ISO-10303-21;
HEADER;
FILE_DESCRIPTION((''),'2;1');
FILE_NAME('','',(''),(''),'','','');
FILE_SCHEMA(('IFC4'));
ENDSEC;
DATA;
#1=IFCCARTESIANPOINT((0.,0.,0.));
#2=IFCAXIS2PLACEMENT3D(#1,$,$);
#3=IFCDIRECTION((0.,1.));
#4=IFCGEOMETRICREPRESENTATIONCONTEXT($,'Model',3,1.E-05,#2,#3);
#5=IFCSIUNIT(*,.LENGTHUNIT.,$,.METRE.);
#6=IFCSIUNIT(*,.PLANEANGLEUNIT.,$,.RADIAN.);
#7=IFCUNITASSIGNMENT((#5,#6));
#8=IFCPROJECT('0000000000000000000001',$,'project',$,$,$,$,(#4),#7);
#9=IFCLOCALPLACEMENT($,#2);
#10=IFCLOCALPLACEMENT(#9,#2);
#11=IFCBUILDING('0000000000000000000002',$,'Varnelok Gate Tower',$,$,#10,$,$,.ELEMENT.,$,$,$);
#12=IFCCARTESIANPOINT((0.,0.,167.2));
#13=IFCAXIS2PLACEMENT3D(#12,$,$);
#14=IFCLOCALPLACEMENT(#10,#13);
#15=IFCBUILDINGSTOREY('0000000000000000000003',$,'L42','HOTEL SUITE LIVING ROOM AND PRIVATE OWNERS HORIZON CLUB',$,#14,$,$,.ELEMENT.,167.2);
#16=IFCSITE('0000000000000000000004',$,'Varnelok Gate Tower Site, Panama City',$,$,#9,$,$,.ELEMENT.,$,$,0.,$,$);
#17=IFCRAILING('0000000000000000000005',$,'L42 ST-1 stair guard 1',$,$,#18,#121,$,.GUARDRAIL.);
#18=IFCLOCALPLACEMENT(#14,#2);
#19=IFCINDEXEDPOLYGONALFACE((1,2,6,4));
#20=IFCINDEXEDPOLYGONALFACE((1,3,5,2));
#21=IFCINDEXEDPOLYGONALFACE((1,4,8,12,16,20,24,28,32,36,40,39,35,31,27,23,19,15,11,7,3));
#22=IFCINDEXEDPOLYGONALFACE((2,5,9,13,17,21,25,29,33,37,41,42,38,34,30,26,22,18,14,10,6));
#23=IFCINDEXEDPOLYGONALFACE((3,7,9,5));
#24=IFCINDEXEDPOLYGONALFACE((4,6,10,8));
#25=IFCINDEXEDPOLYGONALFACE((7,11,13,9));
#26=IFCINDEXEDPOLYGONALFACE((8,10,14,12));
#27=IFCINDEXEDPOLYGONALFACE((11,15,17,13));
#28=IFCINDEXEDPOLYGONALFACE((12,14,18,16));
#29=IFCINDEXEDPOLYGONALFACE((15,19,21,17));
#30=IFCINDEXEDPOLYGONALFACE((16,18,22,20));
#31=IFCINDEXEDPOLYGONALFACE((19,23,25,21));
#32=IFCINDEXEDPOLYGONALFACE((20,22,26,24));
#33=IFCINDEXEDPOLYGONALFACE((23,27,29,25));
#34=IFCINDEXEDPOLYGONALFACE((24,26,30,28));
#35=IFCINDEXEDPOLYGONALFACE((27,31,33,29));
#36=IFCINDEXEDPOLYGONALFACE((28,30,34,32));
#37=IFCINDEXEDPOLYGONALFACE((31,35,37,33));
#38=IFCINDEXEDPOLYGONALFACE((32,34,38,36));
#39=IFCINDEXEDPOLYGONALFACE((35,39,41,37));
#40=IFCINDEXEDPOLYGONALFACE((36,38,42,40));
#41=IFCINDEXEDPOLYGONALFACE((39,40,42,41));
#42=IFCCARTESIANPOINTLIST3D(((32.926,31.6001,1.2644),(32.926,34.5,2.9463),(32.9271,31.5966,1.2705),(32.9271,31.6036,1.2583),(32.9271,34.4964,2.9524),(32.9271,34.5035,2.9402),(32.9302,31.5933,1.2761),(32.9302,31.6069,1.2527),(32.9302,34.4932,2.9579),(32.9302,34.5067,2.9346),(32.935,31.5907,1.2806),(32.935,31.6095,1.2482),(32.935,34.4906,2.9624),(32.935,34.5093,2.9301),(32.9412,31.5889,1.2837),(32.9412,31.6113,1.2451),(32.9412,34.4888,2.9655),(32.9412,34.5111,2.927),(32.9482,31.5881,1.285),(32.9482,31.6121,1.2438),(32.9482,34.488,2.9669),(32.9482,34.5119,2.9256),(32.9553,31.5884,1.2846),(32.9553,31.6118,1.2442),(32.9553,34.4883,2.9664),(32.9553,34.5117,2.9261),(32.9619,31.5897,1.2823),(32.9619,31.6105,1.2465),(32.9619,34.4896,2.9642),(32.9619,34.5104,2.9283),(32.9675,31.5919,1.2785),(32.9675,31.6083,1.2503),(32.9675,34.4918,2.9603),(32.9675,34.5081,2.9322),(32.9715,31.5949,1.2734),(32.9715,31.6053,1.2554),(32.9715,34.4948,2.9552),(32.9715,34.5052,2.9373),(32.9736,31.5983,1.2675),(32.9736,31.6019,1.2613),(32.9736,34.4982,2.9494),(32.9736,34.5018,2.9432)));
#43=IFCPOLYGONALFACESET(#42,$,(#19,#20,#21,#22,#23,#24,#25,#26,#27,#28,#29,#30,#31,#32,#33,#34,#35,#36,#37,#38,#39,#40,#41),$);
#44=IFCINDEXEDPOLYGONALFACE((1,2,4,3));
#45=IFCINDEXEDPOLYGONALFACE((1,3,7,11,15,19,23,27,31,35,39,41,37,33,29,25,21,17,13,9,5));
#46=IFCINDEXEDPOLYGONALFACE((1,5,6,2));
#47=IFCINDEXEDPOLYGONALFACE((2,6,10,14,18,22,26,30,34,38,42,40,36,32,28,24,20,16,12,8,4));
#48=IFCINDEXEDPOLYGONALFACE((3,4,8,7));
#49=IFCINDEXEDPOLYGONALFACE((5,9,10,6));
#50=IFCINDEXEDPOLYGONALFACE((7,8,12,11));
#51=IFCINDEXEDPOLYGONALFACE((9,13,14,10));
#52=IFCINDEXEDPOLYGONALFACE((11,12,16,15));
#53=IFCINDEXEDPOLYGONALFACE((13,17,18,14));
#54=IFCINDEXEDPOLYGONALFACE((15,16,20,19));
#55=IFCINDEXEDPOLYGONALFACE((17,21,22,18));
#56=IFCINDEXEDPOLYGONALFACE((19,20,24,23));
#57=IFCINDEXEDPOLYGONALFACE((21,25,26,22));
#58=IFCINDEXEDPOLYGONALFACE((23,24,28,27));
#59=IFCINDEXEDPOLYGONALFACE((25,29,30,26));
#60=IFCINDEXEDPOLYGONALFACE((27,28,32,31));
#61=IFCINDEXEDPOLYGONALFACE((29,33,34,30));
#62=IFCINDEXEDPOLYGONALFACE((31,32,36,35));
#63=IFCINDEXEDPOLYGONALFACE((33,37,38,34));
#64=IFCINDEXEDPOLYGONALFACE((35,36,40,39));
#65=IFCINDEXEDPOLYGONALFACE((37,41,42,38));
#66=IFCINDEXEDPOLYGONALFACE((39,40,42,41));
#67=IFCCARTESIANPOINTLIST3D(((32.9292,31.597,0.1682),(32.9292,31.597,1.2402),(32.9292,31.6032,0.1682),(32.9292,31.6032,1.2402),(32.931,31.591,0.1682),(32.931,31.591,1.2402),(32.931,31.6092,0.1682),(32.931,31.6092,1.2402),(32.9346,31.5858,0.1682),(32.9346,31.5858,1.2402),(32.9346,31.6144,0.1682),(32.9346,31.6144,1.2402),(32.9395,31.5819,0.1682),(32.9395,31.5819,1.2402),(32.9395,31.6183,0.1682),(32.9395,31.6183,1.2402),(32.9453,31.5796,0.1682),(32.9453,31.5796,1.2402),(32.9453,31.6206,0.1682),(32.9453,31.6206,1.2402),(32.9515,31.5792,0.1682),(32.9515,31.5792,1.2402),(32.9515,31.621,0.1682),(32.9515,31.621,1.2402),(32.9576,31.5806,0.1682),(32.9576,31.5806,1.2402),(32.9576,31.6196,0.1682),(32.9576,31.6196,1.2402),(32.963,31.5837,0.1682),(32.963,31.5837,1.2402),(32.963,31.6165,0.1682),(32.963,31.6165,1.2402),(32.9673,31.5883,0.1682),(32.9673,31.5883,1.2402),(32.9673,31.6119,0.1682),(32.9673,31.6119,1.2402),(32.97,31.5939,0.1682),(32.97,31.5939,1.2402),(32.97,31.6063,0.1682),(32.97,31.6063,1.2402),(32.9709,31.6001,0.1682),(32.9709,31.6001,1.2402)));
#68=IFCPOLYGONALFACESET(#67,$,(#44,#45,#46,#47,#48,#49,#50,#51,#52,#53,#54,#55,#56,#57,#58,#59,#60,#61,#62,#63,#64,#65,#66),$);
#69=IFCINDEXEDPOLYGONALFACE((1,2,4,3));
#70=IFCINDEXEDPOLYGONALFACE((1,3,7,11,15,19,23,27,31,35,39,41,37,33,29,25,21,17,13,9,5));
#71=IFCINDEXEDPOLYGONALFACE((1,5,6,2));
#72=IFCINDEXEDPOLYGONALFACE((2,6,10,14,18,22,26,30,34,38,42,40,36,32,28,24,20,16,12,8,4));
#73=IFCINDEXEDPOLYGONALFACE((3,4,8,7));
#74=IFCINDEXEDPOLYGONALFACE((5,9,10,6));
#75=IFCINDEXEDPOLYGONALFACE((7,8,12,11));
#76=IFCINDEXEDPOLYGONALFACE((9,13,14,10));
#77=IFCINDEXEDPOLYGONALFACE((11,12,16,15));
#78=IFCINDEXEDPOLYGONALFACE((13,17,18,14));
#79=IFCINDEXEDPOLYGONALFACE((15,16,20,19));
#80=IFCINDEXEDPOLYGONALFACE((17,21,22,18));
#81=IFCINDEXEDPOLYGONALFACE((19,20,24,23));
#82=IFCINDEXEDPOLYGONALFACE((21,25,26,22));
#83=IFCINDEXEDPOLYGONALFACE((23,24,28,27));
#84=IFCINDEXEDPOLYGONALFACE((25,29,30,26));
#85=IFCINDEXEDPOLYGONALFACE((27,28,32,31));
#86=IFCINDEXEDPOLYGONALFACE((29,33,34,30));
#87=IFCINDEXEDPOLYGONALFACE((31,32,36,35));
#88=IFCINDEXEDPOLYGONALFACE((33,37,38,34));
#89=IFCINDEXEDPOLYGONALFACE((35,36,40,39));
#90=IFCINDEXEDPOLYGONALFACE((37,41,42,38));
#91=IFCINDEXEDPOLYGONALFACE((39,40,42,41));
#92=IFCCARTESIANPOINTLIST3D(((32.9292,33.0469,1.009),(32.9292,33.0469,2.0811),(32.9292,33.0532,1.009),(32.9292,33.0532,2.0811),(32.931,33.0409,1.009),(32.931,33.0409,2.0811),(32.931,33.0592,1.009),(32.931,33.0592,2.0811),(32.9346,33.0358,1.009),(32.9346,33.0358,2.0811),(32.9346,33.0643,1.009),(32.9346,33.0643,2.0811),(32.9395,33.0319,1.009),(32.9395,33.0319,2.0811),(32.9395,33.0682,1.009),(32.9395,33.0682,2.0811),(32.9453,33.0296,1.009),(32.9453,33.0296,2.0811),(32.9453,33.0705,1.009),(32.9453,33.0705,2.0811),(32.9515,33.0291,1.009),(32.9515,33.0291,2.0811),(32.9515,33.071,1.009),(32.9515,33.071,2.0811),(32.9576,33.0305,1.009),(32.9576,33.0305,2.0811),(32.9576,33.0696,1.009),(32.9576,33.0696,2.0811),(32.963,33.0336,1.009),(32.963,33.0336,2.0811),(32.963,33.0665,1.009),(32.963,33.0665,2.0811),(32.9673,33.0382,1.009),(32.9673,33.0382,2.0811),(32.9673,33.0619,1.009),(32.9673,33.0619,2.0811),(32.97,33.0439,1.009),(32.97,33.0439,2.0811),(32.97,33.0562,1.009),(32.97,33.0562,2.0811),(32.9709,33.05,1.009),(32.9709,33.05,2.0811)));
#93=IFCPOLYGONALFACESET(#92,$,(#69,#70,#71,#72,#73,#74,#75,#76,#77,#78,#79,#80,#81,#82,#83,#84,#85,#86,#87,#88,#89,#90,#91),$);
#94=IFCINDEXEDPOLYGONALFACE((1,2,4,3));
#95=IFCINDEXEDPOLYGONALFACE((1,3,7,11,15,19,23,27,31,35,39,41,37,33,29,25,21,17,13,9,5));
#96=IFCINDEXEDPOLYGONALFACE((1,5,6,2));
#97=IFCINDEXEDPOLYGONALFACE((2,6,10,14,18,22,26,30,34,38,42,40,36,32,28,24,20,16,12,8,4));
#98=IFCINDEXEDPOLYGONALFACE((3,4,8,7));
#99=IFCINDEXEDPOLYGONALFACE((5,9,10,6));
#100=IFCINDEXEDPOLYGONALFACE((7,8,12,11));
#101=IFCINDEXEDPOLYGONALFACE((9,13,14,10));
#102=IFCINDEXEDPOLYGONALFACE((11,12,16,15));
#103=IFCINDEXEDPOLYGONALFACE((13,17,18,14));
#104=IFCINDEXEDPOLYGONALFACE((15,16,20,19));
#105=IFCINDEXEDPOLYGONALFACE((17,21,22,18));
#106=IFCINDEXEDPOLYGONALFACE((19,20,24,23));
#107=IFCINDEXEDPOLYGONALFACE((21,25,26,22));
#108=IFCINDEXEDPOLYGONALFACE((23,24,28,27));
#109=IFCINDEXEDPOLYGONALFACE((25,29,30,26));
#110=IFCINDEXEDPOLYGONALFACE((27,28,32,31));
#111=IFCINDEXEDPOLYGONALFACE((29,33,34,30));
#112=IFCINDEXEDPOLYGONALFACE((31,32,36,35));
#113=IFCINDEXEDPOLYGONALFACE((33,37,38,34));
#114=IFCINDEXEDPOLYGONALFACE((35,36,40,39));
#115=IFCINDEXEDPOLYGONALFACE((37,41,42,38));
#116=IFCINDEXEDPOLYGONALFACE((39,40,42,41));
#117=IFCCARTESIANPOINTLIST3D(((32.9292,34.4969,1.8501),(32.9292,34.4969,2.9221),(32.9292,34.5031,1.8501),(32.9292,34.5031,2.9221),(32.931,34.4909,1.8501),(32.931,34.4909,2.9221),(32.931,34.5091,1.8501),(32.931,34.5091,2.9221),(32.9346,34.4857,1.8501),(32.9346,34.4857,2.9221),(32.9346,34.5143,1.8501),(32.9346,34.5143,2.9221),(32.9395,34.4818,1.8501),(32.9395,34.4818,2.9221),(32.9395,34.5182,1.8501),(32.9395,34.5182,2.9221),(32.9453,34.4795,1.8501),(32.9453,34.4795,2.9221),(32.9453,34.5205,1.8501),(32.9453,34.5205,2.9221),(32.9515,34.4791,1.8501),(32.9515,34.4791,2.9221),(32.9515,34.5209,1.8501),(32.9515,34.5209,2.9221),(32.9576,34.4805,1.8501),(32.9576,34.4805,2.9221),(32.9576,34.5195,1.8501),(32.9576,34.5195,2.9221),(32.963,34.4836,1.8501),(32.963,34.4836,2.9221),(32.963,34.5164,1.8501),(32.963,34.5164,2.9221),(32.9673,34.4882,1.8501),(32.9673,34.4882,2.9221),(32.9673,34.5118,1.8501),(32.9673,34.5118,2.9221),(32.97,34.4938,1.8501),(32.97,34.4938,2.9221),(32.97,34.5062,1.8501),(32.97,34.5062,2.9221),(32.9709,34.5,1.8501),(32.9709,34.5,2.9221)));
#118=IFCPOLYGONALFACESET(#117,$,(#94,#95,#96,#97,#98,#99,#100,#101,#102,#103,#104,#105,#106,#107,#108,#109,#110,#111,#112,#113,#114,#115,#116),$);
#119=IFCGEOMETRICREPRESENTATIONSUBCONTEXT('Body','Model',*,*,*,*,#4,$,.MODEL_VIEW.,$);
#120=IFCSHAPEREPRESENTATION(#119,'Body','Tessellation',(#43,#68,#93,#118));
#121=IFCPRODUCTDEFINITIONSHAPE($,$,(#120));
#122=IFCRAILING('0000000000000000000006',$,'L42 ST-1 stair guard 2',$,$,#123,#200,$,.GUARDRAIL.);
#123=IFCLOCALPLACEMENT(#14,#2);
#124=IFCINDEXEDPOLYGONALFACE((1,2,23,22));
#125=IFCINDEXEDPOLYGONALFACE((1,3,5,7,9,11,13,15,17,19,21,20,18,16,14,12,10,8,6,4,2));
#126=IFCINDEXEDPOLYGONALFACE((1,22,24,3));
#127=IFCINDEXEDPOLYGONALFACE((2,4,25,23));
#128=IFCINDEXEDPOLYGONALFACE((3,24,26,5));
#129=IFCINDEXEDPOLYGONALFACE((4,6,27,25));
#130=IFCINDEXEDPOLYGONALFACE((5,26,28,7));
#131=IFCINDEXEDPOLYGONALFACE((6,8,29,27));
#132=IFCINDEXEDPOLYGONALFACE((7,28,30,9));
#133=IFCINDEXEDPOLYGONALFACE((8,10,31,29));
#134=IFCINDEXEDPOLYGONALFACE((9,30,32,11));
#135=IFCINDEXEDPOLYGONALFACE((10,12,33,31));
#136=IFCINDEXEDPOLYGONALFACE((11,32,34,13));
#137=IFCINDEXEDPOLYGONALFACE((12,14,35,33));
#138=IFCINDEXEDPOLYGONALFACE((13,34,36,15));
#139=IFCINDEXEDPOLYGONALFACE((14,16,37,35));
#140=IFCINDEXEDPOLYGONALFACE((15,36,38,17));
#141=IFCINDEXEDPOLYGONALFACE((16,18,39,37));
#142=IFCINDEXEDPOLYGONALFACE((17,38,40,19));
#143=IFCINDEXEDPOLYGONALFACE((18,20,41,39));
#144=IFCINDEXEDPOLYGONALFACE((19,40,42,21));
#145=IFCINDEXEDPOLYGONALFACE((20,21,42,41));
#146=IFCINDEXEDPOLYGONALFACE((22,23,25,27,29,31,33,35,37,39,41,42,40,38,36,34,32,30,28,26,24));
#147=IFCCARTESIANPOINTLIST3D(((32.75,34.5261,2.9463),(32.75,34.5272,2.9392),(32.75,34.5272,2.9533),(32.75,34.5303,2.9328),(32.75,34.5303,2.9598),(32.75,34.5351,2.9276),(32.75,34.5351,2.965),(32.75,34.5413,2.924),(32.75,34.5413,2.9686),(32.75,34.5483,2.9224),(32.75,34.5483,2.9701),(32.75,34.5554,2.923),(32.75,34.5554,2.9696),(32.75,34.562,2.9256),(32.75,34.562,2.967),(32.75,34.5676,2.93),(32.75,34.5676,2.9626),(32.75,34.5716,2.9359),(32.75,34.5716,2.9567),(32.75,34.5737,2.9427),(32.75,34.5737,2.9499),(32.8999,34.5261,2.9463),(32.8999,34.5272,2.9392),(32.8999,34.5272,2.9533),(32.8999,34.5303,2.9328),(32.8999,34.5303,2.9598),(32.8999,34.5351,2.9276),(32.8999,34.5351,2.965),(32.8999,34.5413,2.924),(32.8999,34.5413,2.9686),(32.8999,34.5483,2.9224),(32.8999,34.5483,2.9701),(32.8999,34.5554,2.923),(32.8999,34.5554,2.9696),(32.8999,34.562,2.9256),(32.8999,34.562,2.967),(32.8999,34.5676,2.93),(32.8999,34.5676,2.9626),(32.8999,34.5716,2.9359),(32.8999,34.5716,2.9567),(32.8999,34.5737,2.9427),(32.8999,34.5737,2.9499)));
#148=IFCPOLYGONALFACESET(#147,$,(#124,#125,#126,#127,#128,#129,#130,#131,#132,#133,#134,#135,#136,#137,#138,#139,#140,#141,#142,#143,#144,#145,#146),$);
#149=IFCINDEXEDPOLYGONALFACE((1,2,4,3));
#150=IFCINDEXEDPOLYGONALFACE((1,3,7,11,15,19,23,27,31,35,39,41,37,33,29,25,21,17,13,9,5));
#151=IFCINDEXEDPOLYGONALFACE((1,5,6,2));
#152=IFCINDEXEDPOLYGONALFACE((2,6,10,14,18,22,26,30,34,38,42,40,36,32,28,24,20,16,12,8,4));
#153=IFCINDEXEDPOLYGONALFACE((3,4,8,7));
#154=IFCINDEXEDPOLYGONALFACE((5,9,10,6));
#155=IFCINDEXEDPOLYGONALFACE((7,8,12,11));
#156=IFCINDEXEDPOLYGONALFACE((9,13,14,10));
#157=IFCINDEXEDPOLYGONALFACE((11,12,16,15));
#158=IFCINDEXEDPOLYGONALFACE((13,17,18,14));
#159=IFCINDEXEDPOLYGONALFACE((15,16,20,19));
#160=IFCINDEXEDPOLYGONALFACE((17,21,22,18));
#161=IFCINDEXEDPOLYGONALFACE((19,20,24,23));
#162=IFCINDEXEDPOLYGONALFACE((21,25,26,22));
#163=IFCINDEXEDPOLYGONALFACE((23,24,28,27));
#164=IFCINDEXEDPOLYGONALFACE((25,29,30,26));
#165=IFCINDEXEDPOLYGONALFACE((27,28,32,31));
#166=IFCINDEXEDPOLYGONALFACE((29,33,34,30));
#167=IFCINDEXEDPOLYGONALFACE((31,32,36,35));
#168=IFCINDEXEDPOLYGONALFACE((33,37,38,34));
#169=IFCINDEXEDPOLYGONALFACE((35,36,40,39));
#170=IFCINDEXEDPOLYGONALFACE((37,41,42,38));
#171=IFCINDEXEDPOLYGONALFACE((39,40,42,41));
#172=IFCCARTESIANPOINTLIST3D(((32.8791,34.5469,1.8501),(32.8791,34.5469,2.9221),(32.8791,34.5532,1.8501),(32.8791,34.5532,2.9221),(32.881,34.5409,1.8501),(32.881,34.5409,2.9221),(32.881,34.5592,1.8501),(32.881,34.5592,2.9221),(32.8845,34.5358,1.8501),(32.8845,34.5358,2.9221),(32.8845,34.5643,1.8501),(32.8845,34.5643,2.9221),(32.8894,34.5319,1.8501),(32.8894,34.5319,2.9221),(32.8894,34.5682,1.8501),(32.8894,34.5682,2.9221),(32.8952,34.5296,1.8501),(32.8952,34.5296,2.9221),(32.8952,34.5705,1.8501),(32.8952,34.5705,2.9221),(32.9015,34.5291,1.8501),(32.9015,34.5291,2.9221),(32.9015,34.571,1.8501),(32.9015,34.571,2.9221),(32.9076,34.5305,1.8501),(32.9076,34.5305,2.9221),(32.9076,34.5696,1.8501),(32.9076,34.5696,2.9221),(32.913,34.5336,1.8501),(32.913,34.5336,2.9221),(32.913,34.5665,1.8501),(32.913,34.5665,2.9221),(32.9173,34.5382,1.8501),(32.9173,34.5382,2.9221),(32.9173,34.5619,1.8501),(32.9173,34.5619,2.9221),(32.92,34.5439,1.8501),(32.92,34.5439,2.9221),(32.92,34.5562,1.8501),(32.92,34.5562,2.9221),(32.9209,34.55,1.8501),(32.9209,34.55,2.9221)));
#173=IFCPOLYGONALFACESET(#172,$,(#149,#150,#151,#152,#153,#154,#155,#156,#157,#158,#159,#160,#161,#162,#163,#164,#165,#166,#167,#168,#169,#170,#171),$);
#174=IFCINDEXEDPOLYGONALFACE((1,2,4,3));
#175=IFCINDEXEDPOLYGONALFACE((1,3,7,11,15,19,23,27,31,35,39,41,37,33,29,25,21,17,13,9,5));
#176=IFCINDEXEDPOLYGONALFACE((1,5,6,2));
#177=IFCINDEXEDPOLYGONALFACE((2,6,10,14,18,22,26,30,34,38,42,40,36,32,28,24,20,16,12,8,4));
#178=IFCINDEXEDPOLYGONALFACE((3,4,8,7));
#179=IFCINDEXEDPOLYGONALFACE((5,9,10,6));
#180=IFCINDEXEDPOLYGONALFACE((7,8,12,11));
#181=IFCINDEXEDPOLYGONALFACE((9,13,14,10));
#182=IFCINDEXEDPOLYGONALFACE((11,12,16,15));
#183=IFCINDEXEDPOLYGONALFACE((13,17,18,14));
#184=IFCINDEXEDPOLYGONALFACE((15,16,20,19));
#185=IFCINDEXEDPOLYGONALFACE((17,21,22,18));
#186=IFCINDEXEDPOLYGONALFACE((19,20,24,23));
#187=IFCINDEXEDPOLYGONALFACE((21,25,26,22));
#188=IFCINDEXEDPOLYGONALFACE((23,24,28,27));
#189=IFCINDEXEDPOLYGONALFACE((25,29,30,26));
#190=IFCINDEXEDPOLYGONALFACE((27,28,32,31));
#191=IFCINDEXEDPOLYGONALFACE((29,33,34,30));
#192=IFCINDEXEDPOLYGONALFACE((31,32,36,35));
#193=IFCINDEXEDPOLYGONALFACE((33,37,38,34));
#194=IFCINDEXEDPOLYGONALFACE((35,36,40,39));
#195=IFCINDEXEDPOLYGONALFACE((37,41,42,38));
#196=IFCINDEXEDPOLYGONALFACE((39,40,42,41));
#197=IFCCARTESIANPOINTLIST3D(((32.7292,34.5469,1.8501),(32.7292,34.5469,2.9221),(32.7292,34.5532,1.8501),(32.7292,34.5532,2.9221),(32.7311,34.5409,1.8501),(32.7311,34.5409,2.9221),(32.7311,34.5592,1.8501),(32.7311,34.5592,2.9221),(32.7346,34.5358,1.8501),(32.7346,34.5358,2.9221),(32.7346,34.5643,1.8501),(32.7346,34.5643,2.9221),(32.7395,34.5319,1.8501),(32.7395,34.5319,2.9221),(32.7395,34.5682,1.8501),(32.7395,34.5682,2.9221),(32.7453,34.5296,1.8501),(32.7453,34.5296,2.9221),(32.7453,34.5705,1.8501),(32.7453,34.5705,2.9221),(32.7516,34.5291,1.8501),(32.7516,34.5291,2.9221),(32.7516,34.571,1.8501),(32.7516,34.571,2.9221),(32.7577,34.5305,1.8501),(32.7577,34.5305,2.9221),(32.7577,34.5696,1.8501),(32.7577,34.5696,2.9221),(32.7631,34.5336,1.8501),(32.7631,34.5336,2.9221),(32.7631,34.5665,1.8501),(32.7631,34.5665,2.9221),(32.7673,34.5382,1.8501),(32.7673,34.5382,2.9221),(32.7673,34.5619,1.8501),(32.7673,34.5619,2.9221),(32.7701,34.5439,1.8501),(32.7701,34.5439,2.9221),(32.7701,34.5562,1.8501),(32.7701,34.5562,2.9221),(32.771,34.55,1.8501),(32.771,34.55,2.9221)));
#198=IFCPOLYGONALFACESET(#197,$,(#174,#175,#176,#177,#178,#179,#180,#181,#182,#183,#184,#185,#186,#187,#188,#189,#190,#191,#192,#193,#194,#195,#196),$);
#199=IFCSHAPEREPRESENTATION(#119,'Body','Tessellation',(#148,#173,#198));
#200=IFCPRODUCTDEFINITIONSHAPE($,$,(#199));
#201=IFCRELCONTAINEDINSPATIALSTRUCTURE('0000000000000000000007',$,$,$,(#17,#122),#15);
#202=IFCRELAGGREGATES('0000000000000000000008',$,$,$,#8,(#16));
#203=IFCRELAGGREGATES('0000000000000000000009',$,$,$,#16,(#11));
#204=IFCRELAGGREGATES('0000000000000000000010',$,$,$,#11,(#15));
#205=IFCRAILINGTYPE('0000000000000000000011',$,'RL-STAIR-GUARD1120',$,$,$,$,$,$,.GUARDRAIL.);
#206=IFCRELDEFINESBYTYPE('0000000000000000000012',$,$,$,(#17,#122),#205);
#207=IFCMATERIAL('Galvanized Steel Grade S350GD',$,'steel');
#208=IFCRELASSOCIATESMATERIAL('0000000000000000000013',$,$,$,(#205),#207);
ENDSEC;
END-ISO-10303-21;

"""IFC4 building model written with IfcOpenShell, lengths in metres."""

from ifc_helpers import new_model, si_unit, direction, frame, origin, origin_2d, place, context, subcontext, project, spatial, circle, extrude, material, type_object, element, save


model = new_model("IFC4")

# Units and contexts
model_context = context("Model", 3, precision=1e-05, world=origin(), true_north=direction((0.0, 1.0)))
body_context = subcontext(model_context, "Body", "Model", "MODEL_VIEW")
ifc_project = project(units=[si_unit("LENGTHUNIT", "METRE"), si_unit("PLANEANGLEUNIT", "RADIAN")], contexts=[model_context])

# Site, building, storey
site_placement = place(None, origin())
site = spatial("IfcSite", under=ifc_project, at=site_placement, Name="Varnelok Gate Tower Site, Panama City", CompositionType="ELEMENT", RefElevation=0.0)
building_placement = place(site_placement, origin())
building = spatial("IfcBuilding", under=site, at=building_placement, Name="Varnelok Gate Tower", CompositionType="ELEMENT")
storey_placement = place(building_placement, frame((0.0, 0.0, 167.2)))
storey = spatial("IfcBuildingStorey", under=building, at=storey_placement, Name="L42", Description="HOTEL SUITE LIVING ROOM AND PRIVATE OWNERS HORIZON CLUB", CompositionType="ELEMENT", Elevation=167.2)

# Shared definitions
ifc_material_1 = material(Name="Galvanized Steel Grade S350GD", Category="steel")

# Railings
railing_type_1 = type_object("IfcRailingType", Name="RL-STAIR-GUARD1120", PredefinedType="GUARDRAIL", material=ifc_material_1)
railing_1_placement = place(storey_placement, frame((32.95, 31.6001, 0.1682)))
element("IfcRailing", 1, at=railing_1_placement, inside=storey, type_object=railing_type_1, Name="L42 ST-1 stair guard 1", PredefinedType="GUARDRAIL", context=body_context, shape_type="SweptSolid", body=[
    extrude(circle(Radius=0.0239, at=origin_2d()), frame((0.0, 0.0, 1.0962), z_axis=(0.0, 0.865039, 0.501705), x_axis=(-1.0, 0.0, 0.0)), (0.0, 0.0, 1.0), 3.3523),
    extrude(circle(Radius=0.021, at=origin_2d()), origin(), (0.0, 0.0, 1.0), 1.072),
    extrude(circle(Radius=0.021, at=origin_2d()), frame((0.0, 1.45, 0.8408)), (0.0, 0.0, 1.0), 1.072),
    extrude(circle(Radius=0.021, at=origin_2d()), frame((0.0, 2.8999, 1.6819)), (0.0, 0.0, 1.0), 1.072),
])
railing_2_placement = place(storey_placement, frame((32.8999, 34.55, 1.8501)))
element("IfcRailing", 2, at=railing_2_placement, inside=storey, type_object=railing_type_1, Name="L42 ST-1 stair guard 2", PredefinedType="GUARDRAIL", context=body_context, shape_type="SweptSolid", body=[
    extrude(circle(Radius=0.0239, at=origin_2d()), frame((0.0, 0.0, 1.0962), z_axis=(-1.0, 0.0, 0.0), x_axis=(0.0, -1.0, 0.0)), (0.0, 0.0, 1.0), 0.1499),
    extrude(circle(Radius=0.021, at=origin_2d()), origin(), (0.0, 0.0, 1.0), 1.072),
    extrude(circle(Radius=0.021, at=origin_2d()), frame((-0.1499, 0.0, 0.0)), (0.0, 0.0, 1.0), 1.072),
])

save(model, "model.ifc")
